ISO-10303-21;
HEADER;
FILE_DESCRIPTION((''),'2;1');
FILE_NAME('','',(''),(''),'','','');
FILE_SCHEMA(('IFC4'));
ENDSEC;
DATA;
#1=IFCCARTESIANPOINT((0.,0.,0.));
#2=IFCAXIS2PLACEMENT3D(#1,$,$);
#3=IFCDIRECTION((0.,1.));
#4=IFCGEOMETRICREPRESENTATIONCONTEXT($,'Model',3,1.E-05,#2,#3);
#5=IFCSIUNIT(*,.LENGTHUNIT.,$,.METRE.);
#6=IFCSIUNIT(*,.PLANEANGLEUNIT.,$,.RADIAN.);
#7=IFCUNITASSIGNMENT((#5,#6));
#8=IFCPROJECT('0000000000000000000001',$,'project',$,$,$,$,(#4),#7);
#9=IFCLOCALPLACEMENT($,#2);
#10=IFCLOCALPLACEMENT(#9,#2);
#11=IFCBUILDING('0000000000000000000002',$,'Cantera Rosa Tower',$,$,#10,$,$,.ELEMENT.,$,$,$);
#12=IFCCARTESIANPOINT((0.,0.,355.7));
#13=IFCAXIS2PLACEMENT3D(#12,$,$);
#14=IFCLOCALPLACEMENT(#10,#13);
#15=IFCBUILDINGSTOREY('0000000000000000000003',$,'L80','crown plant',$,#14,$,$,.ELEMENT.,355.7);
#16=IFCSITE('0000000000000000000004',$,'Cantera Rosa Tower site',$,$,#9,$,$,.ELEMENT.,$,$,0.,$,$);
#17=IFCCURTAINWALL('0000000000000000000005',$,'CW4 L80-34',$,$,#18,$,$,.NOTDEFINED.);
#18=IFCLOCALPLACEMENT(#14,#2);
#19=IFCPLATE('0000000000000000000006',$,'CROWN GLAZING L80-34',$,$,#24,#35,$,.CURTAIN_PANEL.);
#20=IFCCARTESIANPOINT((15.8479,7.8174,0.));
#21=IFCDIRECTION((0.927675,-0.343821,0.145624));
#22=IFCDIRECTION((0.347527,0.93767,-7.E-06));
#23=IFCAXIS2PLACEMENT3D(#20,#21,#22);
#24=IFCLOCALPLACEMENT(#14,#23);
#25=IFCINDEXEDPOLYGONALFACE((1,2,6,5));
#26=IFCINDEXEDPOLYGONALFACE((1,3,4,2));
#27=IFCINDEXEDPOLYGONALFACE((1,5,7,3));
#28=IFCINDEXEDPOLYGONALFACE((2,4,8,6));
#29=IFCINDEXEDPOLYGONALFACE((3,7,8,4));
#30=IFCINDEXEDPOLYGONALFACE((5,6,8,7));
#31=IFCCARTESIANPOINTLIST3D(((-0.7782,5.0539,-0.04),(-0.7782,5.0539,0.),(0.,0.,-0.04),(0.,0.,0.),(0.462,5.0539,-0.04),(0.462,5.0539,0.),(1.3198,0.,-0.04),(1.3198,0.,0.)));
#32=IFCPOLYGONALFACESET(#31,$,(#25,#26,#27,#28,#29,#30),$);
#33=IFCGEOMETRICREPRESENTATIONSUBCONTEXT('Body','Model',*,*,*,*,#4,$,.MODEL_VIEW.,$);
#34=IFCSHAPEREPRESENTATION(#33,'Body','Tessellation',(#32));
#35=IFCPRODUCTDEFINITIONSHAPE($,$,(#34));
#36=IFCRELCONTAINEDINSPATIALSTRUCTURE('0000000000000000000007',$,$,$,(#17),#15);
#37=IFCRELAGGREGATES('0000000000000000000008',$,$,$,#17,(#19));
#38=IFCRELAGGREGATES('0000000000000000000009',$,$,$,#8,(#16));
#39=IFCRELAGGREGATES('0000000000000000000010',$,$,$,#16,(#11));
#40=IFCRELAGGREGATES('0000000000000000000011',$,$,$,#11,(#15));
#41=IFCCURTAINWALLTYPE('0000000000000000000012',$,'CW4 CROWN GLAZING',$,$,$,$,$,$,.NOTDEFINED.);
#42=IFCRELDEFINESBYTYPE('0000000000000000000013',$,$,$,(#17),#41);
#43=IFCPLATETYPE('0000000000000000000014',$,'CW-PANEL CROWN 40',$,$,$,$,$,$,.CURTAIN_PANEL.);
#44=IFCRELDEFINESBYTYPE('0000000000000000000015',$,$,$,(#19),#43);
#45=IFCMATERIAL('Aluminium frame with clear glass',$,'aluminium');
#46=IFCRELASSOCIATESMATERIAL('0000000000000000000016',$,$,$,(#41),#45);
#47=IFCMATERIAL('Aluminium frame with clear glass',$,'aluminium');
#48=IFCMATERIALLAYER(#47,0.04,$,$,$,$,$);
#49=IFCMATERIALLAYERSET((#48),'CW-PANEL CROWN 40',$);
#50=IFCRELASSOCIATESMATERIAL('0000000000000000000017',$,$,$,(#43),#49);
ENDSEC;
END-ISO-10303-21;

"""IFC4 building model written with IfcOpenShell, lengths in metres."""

from ifc_helpers import new_model, si_unit, direction, frame, origin, place, context, subcontext, project, spatial, polyline, outline, extrude, material, layer, layer_set, type_object, element, aggregate, save


model = new_model("IFC4")

# Units and contexts
model_context = context("Model", 3, precision=1e-05, world=origin(), true_north=direction((0.0, 1.0)))
body_context = subcontext(model_context, "Body", "Model", "MODEL_VIEW")
ifc_project = project(units=[si_unit("LENGTHUNIT", "METRE"), si_unit("PLANEANGLEUNIT", "RADIAN")], contexts=[model_context])

# Site, building, storey
site_placement = place(None, origin())
site = spatial("IfcSite", under=ifc_project, at=site_placement, Name="Cantera Rosa Tower site", CompositionType="ELEMENT", RefElevation=0.0)
building_placement = place(site_placement, origin())
building = spatial("IfcBuilding", under=site, at=building_placement, Name="Cantera Rosa Tower", CompositionType="ELEMENT")
storey_placement = place(building_placement, frame((0.0, 0.0, 355.7)))
storey = spatial("IfcBuildingStorey", under=building, at=storey_placement, Name="L80", Description="crown plant", CompositionType="ELEMENT", Elevation=355.7)

# Curtain wall
ifc_material_1 = material(Name="Aluminium frame with clear glass", Category="aluminium")
curtain_wall_type = type_object("IfcCurtainWallType", Name="CW4 CROWN GLAZING", PredefinedType="NOTDEFINED", material=ifc_material_1)
curtain_wall_1_placement = place(storey_placement, origin())
curtain_wall_1 = element("IfcCurtainWall", 1, at=curtain_wall_1_placement, inside=storey, type_object=curtain_wall_type, Name="CW4 L80-34", PredefinedType="NOTDEFINED")

# Plate
ifc_material_2 = material(Name="Aluminium frame with clear glass", Category="aluminium")
ifc_layer_1 = layer(ifc_material_2, 0.04)
ifc_layer_set_1 = layer_set([ifc_layer_1], Name="CW-PANEL CROWN 40")
plate_type = type_object("IfcPlateType", Name="CW-PANEL CROWN 40", PredefinedType="CURTAIN_PANEL", material=ifc_layer_set_1)
plate_1_placement = place(storey_placement, frame((15.8479, 7.8174, 0.0), z_axis=(0.927675, -0.343821, 0.145624), x_axis=(0.347527, 0.93767, -0.000007)))
plate_1 = element("IfcPlate", 2, at=plate_1_placement, type_object=plate_type, Name="CROWN GLAZING L80-34", PredefinedType="CURTAIN_PANEL", context=body_context, shape_type="SweptSolid", body=[
    extrude(outline(polyline([(0.0, 0.0), (1.3198, 0.0), (0.462, 5.0539), (-0.7782, 5.0539), (0.0, 0.0)])), origin(), (0.0, 0.0, -1.0), 0.04),
])
aggregate(curtain_wall_1, [plate_1])

save(model, "model.ifc")
